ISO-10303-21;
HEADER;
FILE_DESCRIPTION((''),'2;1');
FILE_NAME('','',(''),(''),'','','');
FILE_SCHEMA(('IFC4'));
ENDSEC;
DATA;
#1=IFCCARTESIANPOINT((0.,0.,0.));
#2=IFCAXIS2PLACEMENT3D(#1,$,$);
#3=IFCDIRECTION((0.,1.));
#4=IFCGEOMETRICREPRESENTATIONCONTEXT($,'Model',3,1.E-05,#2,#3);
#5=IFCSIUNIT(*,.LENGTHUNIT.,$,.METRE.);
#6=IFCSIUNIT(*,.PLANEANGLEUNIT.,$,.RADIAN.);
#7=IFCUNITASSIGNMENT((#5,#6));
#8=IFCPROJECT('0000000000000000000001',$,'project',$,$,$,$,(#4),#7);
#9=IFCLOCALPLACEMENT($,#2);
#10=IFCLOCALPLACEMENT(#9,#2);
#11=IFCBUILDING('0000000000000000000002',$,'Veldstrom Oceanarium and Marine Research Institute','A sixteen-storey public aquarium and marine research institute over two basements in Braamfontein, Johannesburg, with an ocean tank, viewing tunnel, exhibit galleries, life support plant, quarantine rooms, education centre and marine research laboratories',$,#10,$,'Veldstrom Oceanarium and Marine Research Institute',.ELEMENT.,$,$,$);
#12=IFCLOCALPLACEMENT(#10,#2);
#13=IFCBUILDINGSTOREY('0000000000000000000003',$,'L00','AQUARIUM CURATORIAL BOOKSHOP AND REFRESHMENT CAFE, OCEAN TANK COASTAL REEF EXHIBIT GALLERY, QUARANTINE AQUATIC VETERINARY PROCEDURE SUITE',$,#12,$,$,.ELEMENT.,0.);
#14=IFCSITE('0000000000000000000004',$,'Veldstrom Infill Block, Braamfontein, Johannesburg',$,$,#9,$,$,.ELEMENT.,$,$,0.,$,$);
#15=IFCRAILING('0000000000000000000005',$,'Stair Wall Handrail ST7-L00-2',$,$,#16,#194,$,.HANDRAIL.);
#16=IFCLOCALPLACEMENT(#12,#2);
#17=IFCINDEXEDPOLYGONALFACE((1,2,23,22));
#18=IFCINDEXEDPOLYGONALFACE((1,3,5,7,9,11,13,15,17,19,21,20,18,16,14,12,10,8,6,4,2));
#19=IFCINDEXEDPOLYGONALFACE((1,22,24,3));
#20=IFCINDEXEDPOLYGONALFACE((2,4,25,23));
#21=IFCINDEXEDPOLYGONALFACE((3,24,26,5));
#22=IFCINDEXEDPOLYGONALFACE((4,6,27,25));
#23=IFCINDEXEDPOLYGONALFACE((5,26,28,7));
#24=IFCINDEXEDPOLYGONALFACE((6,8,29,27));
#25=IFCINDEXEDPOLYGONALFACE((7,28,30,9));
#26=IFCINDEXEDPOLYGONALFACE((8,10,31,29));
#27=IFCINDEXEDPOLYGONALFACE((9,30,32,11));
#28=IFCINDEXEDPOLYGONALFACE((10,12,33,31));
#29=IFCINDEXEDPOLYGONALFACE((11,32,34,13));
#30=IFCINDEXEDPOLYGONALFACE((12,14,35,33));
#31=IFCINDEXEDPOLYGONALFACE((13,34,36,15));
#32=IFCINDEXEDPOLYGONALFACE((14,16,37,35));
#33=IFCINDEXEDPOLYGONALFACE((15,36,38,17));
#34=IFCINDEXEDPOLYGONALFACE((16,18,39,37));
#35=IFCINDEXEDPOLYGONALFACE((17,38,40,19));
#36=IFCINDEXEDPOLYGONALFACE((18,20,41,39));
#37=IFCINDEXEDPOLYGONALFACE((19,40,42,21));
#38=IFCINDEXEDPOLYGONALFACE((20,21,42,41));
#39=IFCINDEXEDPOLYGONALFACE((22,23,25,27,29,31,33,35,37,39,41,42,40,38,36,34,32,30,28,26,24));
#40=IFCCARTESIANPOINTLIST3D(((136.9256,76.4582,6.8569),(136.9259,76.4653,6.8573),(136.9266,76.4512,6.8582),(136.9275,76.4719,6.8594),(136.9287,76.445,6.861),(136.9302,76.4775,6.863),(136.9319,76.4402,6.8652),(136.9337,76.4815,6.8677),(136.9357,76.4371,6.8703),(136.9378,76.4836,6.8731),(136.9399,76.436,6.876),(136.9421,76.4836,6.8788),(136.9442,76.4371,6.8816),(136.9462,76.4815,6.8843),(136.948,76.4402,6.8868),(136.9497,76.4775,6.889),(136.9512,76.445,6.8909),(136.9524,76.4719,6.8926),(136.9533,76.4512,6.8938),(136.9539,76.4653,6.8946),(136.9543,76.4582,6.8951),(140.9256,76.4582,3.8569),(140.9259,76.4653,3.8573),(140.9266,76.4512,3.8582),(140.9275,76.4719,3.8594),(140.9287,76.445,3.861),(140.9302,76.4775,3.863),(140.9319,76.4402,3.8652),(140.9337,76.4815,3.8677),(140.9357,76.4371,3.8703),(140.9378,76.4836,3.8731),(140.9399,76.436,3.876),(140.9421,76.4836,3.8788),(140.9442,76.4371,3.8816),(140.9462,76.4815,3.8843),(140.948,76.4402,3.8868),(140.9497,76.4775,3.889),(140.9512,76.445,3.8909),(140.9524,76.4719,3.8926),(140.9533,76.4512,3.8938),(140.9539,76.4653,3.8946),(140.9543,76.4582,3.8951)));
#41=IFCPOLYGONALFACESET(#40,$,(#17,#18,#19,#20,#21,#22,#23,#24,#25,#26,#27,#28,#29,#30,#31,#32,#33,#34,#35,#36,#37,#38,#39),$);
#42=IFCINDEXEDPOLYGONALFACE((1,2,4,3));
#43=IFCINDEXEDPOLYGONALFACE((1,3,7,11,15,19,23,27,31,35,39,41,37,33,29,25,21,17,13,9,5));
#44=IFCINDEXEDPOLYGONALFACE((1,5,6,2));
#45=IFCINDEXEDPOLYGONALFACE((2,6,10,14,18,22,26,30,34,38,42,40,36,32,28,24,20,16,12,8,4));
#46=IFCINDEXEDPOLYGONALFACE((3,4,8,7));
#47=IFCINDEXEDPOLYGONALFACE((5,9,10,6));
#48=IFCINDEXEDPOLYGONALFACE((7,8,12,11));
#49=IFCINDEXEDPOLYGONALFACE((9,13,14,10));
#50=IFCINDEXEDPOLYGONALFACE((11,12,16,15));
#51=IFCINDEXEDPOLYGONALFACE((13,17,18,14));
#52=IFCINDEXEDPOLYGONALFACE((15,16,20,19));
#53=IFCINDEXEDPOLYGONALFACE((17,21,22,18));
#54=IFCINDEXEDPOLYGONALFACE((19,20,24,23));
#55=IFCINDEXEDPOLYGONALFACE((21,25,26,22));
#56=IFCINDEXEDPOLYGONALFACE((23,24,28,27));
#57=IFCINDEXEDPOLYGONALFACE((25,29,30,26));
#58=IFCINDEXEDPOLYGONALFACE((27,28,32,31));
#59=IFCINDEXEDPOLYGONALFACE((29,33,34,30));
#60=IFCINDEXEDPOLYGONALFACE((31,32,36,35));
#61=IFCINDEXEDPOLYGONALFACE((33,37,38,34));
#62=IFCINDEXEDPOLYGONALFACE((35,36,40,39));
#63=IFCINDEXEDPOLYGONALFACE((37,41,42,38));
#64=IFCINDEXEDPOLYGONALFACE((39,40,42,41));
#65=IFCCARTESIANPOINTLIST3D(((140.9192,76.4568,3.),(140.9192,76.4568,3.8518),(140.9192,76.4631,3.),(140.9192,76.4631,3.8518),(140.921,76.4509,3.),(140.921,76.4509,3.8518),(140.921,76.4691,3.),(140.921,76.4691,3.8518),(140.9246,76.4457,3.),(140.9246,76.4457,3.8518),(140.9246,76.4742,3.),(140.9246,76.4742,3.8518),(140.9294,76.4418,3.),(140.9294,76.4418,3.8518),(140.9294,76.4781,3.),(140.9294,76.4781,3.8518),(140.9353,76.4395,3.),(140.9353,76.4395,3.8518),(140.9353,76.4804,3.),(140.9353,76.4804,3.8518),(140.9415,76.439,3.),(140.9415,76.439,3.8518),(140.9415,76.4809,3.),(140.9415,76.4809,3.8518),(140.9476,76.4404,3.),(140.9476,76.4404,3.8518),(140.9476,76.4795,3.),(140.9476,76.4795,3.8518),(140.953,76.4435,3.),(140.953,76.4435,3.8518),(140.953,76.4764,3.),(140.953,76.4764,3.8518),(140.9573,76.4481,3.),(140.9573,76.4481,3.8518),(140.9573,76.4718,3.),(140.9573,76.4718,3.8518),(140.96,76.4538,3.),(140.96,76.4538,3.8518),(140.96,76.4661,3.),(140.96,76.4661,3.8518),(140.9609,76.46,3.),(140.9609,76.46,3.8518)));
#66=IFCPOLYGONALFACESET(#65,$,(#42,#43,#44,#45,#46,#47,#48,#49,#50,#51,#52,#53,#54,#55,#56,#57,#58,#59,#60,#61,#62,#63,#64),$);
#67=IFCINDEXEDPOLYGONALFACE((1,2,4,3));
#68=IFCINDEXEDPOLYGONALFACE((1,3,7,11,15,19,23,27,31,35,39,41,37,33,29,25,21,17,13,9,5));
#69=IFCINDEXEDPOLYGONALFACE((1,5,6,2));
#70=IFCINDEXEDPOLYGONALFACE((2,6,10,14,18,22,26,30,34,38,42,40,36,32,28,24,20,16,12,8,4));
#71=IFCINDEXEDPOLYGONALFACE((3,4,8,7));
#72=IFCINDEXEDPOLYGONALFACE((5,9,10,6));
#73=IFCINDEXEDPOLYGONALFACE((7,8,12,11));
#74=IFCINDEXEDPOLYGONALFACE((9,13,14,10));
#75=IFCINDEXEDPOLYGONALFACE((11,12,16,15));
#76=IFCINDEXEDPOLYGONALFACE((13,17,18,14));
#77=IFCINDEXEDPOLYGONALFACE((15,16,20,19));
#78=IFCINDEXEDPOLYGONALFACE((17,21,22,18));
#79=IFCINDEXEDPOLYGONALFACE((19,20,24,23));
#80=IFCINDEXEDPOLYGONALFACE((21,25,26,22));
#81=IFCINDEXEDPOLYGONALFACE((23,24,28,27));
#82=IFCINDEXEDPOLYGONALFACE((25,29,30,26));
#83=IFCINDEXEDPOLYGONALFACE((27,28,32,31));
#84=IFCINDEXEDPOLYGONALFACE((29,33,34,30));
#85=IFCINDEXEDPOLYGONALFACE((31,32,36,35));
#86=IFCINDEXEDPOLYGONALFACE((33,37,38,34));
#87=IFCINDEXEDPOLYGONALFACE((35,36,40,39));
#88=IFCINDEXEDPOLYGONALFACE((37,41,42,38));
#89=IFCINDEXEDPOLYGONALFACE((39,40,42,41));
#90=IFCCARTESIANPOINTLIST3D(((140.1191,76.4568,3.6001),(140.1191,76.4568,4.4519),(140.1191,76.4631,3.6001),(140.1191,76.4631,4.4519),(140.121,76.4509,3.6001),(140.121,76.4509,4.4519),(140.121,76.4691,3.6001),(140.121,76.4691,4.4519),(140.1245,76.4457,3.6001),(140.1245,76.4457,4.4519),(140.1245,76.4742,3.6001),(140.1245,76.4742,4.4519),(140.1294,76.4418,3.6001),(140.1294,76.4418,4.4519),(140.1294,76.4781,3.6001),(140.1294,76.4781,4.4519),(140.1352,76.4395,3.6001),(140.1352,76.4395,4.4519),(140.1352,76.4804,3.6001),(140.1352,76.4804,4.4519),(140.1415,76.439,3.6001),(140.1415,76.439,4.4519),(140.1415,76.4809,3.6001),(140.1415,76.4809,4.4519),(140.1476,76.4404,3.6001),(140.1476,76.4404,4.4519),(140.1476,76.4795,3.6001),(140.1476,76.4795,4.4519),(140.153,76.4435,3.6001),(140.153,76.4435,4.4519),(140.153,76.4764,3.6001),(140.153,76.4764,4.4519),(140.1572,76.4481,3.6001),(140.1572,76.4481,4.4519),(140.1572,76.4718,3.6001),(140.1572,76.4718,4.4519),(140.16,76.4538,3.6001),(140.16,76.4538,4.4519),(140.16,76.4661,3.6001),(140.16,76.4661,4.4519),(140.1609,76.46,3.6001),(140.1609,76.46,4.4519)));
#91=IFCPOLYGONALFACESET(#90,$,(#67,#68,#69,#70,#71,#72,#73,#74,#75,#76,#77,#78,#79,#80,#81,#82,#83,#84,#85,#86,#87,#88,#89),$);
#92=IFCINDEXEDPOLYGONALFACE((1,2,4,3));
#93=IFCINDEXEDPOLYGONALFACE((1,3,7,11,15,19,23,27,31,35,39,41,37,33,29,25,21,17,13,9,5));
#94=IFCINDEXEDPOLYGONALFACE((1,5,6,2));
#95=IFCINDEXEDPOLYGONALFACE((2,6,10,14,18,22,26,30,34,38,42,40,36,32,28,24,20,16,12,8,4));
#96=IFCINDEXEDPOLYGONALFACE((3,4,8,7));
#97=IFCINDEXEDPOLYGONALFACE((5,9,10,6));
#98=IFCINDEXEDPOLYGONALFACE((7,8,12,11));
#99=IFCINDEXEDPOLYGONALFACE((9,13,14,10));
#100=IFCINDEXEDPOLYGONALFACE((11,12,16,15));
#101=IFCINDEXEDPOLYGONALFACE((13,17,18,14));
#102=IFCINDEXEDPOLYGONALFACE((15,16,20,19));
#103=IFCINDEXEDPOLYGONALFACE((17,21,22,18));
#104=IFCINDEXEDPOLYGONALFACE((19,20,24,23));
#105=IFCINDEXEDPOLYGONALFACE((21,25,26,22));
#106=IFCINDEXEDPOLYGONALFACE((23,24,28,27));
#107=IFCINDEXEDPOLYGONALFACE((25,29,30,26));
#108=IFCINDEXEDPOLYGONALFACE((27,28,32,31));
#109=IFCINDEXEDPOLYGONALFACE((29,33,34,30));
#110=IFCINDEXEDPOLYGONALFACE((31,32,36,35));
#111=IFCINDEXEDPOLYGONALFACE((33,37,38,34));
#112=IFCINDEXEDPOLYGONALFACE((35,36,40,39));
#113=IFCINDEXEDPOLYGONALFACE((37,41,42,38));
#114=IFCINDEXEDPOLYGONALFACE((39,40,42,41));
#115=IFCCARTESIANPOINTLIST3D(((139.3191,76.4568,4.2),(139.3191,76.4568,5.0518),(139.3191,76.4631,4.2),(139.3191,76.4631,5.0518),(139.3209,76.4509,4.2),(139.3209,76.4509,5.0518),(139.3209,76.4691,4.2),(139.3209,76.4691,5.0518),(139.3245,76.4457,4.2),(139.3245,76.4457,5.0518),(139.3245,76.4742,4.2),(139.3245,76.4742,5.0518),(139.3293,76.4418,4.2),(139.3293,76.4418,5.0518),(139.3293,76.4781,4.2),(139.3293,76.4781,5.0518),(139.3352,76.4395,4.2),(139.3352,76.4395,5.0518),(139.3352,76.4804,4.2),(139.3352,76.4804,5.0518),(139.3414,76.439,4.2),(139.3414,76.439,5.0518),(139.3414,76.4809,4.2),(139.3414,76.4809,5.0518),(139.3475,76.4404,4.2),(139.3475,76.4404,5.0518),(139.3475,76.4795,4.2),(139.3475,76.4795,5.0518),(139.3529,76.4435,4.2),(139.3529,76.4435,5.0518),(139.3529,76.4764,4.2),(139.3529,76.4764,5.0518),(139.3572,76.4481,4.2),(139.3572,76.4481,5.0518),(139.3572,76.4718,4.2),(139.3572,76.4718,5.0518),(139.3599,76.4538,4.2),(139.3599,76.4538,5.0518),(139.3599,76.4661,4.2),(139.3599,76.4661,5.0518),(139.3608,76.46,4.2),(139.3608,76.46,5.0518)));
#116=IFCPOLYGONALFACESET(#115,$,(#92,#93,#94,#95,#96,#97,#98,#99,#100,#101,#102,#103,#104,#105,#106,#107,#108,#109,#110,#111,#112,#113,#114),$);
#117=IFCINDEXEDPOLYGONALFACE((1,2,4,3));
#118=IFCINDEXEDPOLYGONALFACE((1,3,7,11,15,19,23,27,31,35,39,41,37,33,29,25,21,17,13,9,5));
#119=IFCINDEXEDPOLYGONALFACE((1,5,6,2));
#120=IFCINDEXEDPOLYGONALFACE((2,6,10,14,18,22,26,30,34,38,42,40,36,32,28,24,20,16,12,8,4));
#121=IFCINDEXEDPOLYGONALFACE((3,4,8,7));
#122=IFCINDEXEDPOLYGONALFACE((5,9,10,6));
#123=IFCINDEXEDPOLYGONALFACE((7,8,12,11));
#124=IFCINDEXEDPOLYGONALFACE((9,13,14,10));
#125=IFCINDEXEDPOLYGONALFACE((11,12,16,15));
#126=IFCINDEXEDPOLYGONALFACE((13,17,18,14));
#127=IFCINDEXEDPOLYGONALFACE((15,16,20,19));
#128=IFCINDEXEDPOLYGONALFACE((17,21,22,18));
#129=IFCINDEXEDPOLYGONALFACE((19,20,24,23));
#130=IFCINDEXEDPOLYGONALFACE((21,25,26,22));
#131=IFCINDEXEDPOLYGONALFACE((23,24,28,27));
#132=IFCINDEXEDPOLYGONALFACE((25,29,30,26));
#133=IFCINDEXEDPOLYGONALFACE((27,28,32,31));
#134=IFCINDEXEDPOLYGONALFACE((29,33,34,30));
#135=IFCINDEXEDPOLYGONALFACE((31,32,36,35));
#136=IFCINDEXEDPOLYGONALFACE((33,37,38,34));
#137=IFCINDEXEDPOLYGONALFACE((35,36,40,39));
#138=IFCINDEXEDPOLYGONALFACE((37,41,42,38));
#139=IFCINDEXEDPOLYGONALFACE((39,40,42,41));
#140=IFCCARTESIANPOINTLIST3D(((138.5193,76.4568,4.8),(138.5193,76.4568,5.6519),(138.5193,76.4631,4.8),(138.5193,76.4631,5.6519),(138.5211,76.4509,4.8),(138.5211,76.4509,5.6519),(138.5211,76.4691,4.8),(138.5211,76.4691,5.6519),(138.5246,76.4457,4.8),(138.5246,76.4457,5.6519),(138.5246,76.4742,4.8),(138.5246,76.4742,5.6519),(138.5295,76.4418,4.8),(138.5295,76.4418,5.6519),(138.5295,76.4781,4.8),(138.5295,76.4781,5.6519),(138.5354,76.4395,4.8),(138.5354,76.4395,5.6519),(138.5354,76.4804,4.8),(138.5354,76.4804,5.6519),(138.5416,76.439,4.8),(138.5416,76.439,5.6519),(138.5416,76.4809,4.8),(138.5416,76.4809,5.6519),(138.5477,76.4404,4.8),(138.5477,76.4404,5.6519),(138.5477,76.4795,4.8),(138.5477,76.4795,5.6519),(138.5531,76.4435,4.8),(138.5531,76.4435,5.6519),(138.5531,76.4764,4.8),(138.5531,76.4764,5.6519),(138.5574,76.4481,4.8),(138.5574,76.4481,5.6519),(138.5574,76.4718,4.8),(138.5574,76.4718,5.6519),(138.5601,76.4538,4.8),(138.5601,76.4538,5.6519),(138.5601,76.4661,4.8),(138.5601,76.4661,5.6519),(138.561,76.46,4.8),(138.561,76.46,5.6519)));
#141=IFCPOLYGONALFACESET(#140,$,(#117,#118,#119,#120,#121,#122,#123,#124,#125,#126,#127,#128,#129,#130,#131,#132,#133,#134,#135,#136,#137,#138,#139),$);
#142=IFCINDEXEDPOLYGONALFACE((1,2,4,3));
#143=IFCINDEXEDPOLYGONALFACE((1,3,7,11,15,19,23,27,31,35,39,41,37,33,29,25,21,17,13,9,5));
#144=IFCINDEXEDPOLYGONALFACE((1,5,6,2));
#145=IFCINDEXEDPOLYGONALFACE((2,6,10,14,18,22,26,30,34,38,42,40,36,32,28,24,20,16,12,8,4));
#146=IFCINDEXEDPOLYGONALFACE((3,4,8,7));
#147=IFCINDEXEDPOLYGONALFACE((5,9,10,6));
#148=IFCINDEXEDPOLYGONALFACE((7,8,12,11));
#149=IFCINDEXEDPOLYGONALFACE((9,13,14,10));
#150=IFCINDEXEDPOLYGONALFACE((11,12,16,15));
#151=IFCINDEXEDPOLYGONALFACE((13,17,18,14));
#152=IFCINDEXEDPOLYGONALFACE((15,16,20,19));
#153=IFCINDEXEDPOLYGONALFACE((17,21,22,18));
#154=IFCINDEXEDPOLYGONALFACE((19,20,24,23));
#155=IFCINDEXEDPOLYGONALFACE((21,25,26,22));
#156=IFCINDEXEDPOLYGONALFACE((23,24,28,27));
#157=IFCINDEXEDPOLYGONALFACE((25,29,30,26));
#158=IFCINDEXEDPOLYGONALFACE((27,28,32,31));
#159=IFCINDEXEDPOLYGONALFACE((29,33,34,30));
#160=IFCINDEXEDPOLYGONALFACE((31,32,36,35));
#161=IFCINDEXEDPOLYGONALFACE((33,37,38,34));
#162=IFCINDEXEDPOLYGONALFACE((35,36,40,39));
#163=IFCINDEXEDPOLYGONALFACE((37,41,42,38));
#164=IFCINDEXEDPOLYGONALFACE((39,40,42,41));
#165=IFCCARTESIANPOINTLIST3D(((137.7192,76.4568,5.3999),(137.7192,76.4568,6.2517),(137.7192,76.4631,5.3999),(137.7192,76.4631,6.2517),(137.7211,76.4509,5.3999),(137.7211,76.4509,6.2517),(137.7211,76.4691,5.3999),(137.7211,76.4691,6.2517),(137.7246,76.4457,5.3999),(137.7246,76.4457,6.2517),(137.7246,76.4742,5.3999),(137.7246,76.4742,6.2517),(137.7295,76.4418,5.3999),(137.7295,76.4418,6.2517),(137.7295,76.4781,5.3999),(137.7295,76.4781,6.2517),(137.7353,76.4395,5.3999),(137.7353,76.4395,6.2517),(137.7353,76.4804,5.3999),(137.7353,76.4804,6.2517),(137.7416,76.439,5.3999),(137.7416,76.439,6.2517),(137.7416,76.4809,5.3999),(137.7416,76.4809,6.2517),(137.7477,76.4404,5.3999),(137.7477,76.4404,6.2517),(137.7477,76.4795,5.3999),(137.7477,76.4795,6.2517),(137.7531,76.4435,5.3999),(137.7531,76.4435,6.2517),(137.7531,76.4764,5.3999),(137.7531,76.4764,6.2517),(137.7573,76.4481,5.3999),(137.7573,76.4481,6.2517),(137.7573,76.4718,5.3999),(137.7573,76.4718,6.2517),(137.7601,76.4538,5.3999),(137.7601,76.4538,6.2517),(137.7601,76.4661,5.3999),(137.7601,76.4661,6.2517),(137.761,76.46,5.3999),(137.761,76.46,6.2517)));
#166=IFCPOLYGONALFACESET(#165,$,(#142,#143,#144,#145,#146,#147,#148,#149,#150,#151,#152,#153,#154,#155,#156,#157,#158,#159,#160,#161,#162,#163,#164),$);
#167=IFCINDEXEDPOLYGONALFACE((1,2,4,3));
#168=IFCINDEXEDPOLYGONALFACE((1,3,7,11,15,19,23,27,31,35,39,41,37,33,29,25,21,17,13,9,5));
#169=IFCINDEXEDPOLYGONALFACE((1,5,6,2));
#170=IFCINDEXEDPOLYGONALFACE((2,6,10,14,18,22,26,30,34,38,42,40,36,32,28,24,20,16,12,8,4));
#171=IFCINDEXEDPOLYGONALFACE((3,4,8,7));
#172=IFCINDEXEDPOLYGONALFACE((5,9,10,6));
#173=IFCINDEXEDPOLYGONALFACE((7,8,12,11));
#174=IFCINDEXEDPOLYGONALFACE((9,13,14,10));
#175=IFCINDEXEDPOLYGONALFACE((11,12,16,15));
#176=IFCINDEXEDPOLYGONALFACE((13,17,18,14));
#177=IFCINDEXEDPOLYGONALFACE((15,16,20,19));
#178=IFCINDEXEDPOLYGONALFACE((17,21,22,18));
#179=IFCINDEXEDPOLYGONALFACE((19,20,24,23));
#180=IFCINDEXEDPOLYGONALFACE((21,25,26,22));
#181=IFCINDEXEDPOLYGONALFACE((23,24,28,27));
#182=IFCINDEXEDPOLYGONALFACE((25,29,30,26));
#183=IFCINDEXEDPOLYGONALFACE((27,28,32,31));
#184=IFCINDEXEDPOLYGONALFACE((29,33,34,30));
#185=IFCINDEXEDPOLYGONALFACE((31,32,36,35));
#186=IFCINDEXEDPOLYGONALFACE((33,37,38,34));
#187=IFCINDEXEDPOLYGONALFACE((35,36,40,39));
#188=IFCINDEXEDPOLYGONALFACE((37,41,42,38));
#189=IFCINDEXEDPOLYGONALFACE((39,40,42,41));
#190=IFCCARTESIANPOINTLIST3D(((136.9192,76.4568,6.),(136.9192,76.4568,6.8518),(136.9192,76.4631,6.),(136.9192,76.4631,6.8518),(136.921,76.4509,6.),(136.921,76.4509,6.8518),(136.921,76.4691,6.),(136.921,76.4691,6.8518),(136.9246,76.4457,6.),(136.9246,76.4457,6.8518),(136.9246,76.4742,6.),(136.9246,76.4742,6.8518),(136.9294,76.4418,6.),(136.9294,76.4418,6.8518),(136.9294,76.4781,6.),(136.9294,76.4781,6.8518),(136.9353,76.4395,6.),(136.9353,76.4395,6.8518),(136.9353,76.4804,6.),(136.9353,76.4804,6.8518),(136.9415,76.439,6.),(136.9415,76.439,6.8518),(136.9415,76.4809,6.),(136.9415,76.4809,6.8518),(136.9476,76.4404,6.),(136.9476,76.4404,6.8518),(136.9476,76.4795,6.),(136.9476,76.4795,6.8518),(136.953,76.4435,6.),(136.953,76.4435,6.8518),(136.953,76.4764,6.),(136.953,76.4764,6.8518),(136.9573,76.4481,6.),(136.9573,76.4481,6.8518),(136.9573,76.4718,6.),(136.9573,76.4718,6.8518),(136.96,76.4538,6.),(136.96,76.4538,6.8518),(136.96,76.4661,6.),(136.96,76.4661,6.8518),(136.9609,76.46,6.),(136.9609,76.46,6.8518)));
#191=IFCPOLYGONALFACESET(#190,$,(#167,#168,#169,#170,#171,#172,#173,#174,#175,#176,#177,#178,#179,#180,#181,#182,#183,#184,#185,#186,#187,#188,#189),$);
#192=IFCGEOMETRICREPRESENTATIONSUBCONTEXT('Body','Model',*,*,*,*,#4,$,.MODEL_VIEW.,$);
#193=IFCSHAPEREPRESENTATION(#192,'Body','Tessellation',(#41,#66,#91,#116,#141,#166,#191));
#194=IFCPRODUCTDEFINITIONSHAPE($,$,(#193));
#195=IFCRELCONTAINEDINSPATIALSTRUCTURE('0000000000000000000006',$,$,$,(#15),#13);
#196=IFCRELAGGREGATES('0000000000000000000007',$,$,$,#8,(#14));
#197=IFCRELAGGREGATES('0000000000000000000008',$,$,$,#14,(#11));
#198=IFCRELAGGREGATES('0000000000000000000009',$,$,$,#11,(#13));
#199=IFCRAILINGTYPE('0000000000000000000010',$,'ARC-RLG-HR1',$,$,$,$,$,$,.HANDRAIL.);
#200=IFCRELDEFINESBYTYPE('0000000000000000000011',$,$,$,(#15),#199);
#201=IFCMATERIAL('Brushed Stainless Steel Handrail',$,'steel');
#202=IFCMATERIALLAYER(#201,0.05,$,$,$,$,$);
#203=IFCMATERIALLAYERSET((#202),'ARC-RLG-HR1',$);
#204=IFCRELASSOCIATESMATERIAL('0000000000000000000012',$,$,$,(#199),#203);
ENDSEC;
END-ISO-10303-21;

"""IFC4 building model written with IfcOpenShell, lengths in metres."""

from ifc_helpers import new_model, si_unit, direction, frame, origin, origin_2d, place, context, subcontext, project, spatial, circle, extrude, material, layer, layer_set, type_object, element, save


model = new_model("IFC4")

# Units and contexts
model_context = context("Model", 3, precision=1e-05, world=origin(), true_north=direction((0.0, 1.0)))
body_context = subcontext(model_context, "Body", "Model", "MODEL_VIEW")
ifc_project = project(units=[si_unit("LENGTHUNIT", "METRE"), si_unit("PLANEANGLEUNIT", "RADIAN")], contexts=[model_context])

# Site, building, storey
site_placement = place(None, origin())
site = spatial("IfcSite", under=ifc_project, at=site_placement, Name="Veldstrom Infill Block, Braamfontein, Johannesburg", CompositionType="ELEMENT", RefElevation=0.0)
building_placement = place(site_placement, origin())
building = spatial("IfcBuilding", under=site, at=building_placement, Name="Veldstrom Oceanarium and Marine Research Institute", Description="A sixteen-storey public aquarium and marine research institute over two basements in Braamfontein, Johannesburg, with an ocean tank, viewing tunnel, exhibit galleries, life support plant, quarantine rooms, education centre and marine research laboratories", LongName="Veldstrom Oceanarium and Marine Research Institute", CompositionType="ELEMENT")
storey_placement = place(building_placement, origin())
storey = spatial("IfcBuildingStorey", under=building, at=storey_placement, Name="L00", Description="AQUARIUM CURATORIAL BOOKSHOP AND REFRESHMENT CAFE, OCEAN TANK COASTAL REEF EXHIBIT GALLERY, QUARANTINE AQUATIC VETERINARY PROCEDURE SUITE", CompositionType="ELEMENT", Elevation=0.0)

# Railing
ifc_material_1 = material(Name="Brushed Stainless Steel Handrail", Category="steel")
ifc_layer_1 = layer(ifc_material_1, 0.05)
ifc_layer_set_1 = layer_set([ifc_layer_1], Name="ARC-RLG-HR1")
railing_type = type_object("IfcRailingType", Name="ARC-RLG-HR1", PredefinedType="HANDRAIL", material=ifc_layer_set_1)
railing_placement = place(storey_placement, frame((140.9399, 76.46, 3.0)))
element("IfcRailing", 1, at=railing_placement, inside=storey, type_object=railing_type, Name="Stair Wall Handrail ST7-L00-2", PredefinedType="HANDRAIL", context=body_context, shape_type="SweptSolid", body=[
    extrude(circle(Radius=0.0239, at=origin_2d()), frame((0.0, 0.0, 0.876), z_axis=(-0.8, 0.0, 0.6), x_axis=(0.0, -1.0, 0.0)), (0.0, 0.0, 1.0), 5.0),
    extrude(circle(Radius=0.021, at=origin_2d()), origin(), (0.0, 0.0, 1.0), 0.8518),
    extrude(circle(Radius=0.021, at=origin_2d()), frame((-0.8, 0.0, 0.6001)), (0.0, 0.0, 1.0), 0.8518),
    extrude(circle(Radius=0.021, at=origin_2d()), frame((-1.6001, 0.0, 1.2)), (0.0, 0.0, 1.0), 0.8518),
    extrude(circle(Radius=0.021, at=origin_2d()), frame((-2.3999, 0.0, 1.8)), (0.0, 0.0, 1.0), 0.8518),
    extrude(circle(Radius=0.021, at=origin_2d()), frame((-3.2, 0.0, 2.3999)), (0.0, 0.0, 1.0), 0.8518),
    extrude(circle(Radius=0.021, at=origin_2d()), frame((-4.0, 0.0, 3.0)), (0.0, 0.0, 1.0), 0.8518),
])

save(model, "model.ifc")
